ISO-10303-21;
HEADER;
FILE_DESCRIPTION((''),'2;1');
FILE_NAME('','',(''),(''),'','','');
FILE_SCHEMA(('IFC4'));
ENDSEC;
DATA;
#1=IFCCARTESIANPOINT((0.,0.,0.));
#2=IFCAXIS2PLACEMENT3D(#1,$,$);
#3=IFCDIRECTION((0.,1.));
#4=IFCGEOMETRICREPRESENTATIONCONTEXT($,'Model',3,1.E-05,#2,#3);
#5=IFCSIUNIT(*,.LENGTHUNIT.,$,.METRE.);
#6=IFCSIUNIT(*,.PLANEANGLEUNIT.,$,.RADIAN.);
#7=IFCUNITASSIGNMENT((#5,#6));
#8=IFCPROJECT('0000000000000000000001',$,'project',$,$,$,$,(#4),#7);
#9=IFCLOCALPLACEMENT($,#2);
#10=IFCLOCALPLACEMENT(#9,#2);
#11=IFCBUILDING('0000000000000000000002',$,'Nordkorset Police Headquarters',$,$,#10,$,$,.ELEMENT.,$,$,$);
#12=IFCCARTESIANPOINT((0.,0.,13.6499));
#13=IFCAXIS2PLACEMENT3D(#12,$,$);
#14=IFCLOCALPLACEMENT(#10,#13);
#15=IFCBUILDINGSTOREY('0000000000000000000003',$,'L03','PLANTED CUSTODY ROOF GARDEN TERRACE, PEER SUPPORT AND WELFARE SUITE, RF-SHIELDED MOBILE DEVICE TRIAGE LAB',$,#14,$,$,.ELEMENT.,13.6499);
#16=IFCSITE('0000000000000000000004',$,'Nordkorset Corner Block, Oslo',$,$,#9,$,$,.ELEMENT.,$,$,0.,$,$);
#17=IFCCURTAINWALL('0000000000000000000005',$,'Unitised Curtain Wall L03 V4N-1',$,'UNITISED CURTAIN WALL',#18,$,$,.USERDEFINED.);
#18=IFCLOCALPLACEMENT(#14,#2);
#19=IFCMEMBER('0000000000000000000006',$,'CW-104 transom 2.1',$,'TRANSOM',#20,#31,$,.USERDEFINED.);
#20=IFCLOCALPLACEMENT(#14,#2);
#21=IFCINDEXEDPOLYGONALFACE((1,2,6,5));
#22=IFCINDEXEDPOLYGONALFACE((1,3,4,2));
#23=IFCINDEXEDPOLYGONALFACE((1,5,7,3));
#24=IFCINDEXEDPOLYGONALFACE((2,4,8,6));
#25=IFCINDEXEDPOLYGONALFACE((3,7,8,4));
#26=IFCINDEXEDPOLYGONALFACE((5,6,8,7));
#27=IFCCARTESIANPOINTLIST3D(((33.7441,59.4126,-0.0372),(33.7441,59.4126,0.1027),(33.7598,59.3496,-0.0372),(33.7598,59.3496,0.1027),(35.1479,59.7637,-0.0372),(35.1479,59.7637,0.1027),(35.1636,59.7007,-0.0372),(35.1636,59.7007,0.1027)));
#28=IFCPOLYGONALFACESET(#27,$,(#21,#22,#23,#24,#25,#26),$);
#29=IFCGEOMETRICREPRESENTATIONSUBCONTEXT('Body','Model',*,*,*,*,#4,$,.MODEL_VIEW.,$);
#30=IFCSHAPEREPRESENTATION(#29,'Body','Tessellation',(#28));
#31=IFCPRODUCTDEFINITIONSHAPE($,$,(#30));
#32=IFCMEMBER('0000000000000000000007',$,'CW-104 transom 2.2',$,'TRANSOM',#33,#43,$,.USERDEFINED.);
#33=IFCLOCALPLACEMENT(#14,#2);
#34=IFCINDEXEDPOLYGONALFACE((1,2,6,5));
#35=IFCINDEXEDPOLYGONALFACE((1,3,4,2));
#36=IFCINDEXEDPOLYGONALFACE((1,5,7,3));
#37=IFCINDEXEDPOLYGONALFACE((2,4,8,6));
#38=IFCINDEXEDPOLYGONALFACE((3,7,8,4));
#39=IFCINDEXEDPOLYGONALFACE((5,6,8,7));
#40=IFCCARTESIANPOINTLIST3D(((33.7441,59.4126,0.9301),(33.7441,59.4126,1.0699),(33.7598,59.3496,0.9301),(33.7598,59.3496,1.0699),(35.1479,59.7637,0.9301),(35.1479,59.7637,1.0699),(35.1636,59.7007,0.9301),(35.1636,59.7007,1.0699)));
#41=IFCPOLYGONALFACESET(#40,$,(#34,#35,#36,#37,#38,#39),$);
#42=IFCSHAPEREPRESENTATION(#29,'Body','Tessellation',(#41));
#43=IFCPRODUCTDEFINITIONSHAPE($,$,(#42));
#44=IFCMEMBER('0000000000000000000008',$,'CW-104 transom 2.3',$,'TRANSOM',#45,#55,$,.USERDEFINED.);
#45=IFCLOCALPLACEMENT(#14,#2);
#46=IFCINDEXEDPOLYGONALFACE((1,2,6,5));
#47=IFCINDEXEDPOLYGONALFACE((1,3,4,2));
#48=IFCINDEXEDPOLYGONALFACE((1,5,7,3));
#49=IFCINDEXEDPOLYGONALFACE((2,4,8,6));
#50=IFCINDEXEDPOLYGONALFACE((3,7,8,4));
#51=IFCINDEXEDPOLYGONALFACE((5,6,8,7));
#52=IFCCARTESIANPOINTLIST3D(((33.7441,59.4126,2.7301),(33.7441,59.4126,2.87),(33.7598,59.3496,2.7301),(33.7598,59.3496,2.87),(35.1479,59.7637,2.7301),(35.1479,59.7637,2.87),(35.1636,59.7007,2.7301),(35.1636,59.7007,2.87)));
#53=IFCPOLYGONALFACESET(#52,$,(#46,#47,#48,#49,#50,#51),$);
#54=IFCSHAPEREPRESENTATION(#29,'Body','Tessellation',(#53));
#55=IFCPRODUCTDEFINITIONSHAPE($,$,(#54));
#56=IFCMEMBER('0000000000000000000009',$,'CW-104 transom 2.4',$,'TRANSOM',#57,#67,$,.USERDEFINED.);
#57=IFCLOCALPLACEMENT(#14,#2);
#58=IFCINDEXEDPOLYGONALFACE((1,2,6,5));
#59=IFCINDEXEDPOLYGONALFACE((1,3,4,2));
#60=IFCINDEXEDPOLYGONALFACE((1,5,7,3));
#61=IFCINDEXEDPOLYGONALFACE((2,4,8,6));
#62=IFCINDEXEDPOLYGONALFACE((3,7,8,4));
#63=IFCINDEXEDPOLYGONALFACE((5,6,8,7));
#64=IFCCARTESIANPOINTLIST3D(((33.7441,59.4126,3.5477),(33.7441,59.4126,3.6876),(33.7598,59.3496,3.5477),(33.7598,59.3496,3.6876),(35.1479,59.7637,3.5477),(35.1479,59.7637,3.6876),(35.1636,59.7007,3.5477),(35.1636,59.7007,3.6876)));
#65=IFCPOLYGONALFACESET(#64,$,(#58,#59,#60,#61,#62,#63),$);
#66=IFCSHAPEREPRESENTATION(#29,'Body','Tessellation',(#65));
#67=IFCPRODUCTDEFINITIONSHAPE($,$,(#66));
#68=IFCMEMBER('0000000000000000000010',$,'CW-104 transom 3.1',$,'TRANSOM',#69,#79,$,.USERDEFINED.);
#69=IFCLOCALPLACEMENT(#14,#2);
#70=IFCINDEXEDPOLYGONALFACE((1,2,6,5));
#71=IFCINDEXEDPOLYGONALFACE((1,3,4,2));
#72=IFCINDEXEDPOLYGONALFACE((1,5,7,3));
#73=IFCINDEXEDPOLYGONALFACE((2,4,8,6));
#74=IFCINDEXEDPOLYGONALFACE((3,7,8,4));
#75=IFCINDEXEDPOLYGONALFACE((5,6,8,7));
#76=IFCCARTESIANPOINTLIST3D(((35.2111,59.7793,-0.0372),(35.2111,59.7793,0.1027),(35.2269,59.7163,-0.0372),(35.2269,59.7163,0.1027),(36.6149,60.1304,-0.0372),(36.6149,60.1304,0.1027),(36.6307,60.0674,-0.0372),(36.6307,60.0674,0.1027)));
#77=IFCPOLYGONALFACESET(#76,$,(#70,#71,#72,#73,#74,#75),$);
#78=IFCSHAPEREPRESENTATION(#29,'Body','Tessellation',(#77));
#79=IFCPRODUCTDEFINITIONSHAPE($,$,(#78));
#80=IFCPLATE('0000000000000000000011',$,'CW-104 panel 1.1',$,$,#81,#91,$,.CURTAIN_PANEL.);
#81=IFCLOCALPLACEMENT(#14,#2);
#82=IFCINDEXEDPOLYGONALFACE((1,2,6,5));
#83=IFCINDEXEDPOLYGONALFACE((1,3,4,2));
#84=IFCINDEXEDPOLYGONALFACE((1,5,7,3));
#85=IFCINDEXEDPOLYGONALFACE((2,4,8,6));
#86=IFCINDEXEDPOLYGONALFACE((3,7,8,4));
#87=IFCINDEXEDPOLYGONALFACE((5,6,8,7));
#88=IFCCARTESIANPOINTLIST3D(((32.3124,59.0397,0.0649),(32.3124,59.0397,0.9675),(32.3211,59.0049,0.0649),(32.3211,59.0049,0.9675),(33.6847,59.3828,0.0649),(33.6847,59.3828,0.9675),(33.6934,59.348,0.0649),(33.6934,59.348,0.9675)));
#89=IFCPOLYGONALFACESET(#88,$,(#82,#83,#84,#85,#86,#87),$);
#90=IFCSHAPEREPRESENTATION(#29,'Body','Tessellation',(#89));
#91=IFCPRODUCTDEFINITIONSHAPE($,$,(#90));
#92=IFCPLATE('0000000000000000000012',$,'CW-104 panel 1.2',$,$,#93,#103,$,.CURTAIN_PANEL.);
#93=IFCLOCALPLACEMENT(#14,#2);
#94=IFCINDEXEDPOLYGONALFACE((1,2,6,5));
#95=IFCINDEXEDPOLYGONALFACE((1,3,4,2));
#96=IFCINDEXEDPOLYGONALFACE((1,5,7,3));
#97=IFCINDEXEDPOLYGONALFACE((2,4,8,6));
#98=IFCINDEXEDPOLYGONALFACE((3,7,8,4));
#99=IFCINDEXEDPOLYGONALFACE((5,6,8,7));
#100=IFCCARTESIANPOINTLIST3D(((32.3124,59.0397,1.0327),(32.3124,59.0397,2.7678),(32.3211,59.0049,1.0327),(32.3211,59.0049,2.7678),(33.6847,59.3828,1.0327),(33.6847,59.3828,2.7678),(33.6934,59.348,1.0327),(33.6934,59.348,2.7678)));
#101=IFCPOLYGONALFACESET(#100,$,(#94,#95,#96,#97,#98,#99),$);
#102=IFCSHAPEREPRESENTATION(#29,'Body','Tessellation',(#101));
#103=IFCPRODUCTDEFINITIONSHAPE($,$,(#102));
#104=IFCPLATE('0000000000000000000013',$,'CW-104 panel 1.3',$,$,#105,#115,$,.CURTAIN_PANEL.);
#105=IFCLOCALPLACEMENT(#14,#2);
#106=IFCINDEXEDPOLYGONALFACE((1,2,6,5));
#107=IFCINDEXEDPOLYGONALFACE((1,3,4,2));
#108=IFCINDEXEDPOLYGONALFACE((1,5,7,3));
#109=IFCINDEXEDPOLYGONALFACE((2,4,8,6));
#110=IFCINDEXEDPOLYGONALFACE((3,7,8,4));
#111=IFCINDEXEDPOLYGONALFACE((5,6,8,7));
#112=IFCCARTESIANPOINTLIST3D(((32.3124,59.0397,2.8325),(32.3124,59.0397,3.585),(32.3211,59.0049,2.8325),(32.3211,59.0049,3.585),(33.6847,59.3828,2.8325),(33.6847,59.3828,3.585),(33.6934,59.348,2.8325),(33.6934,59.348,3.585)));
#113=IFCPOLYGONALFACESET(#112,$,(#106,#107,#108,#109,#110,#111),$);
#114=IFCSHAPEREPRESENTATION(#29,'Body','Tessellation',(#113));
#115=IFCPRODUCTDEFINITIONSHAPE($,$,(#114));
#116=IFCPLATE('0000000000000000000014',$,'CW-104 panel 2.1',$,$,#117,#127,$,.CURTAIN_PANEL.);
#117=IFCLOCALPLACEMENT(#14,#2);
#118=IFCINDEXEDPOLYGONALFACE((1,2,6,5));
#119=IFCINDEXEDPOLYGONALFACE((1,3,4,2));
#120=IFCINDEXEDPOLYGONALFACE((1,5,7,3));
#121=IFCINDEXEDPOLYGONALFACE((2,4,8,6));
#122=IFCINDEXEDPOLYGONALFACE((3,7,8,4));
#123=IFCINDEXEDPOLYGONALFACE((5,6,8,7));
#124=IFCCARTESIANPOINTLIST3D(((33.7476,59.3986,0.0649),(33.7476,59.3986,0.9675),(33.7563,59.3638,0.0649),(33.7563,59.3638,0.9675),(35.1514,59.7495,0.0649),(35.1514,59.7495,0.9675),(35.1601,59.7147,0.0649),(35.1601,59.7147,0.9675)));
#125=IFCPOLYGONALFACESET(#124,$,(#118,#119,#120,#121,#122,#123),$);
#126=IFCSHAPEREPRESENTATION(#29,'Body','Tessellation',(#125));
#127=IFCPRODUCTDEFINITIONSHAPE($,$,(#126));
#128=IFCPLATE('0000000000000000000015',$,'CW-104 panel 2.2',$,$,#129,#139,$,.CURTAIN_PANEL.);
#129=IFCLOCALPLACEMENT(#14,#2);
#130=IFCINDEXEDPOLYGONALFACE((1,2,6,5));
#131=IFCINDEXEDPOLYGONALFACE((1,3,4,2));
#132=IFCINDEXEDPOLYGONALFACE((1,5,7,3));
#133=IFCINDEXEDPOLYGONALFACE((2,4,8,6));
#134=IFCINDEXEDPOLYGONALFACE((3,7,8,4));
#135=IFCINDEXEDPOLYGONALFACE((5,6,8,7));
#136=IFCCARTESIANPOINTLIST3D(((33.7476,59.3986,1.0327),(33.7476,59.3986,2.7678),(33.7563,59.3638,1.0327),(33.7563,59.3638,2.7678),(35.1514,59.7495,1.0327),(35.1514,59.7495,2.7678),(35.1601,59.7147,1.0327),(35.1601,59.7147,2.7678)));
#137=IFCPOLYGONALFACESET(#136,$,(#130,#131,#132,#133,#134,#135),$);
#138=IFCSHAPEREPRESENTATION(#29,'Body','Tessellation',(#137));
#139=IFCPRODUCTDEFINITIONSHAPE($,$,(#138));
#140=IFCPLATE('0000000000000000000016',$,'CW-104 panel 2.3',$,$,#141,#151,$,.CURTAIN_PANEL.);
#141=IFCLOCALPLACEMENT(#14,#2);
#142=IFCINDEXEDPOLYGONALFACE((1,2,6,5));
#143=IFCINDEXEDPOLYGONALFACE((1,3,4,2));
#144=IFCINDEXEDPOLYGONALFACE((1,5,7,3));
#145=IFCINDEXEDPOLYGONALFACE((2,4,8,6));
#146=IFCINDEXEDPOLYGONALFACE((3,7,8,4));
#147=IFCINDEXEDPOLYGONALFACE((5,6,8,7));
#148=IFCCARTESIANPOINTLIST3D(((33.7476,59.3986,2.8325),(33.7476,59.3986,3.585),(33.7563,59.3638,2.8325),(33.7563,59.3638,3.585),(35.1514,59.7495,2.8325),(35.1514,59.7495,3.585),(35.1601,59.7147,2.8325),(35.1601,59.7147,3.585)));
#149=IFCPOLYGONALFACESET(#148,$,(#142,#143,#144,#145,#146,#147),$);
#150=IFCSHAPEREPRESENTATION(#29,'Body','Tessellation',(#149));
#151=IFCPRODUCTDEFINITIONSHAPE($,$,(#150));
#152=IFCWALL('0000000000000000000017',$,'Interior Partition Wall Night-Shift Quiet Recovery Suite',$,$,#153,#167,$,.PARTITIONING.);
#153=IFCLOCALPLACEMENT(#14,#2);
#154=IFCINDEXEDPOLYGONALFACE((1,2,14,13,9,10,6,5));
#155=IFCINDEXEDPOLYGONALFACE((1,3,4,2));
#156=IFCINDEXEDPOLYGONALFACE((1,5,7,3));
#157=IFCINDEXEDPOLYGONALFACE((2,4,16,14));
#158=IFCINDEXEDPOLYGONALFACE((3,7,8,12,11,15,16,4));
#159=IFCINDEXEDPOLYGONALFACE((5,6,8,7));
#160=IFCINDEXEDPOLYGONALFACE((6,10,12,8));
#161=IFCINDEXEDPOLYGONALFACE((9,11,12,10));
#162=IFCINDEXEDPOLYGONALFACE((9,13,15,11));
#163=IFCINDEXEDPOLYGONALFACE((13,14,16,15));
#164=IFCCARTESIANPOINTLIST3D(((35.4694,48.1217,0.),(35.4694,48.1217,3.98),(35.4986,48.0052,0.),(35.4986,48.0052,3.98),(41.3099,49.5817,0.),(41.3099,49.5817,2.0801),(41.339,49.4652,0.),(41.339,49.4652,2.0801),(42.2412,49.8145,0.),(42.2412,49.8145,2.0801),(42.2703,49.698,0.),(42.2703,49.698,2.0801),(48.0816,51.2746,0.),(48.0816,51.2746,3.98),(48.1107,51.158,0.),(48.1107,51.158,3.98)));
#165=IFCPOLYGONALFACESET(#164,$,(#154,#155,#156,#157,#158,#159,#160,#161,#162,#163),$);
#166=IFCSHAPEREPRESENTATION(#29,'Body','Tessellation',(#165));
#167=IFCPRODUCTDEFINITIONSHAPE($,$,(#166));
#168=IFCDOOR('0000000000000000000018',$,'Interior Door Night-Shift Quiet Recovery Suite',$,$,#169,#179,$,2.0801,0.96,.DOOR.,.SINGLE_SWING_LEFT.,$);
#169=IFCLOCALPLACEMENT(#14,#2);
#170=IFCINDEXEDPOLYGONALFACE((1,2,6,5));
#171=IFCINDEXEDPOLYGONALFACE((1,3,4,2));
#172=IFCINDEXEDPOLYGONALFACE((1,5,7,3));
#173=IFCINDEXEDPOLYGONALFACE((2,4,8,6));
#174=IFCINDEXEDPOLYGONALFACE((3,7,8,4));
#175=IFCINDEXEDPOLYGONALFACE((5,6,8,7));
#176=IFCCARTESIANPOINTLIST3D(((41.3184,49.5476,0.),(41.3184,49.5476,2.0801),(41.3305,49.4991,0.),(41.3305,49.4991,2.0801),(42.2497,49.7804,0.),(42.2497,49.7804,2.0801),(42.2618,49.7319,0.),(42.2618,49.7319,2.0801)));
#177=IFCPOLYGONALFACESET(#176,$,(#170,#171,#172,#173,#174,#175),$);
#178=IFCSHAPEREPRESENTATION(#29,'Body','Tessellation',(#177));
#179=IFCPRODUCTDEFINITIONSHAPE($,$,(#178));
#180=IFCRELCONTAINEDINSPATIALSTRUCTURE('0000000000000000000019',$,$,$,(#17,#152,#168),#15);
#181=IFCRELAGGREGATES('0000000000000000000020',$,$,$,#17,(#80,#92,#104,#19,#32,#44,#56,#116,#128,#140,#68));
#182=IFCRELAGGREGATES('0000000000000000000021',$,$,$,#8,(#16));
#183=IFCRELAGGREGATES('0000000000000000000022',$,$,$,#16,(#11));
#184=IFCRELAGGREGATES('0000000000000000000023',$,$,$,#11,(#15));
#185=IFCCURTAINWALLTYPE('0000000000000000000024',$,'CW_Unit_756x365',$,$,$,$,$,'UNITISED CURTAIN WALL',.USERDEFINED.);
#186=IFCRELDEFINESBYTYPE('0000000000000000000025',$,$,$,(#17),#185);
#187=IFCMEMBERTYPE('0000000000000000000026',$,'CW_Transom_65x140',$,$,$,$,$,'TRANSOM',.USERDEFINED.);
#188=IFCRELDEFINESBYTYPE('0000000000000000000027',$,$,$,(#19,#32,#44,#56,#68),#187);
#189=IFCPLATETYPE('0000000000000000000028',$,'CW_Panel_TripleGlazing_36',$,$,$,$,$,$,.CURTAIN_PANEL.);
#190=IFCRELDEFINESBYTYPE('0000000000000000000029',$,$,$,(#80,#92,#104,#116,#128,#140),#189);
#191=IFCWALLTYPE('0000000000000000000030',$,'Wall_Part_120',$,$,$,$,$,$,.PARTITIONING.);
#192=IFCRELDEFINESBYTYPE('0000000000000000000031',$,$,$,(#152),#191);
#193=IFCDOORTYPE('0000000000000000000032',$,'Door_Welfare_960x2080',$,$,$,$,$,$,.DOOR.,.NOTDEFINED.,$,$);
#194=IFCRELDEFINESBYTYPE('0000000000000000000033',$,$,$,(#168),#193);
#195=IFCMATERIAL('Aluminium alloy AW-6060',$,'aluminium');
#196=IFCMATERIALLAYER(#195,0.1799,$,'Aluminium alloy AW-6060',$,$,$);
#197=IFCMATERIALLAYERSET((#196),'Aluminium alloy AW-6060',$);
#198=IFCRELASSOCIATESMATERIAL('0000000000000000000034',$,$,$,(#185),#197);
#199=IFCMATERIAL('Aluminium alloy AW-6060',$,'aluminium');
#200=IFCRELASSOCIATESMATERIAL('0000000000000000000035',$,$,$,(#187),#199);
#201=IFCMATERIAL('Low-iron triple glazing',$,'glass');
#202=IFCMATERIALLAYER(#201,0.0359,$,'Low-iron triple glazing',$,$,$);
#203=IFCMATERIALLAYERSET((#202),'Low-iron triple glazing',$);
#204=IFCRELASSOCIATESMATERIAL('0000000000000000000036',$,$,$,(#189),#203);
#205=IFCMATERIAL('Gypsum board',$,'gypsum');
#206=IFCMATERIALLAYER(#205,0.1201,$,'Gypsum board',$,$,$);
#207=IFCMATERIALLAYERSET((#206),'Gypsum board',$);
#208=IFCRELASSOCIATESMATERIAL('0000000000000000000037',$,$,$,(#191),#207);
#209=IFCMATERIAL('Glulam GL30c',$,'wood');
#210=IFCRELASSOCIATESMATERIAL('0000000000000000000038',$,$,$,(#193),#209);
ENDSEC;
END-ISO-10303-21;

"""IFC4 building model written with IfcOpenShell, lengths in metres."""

from ifc_helpers import new_model, si_unit, direction, frame, frame_2d, origin, origin_2d, place, context, subcontext, project, spatial, rectangle, extrude, material, layer, layer_set, material_profile, profile_set, type_object, element, fill, aggregate, save


model = new_model("IFC4")

# Units and contexts
model_context = context("Model", 3, precision=1e-05, world=origin(), true_north=direction((0.0, 1.0)))
body_context = subcontext(model_context, "Body", "Model", "MODEL_VIEW")
ifc_project = project(units=[si_unit("LENGTHUNIT", "METRE"), si_unit("PLANEANGLEUNIT", "RADIAN")], contexts=[model_context])

# Site, building, storey
site_placement = place(None, origin())
site = spatial("IfcSite", under=ifc_project, at=site_placement, Name="Nordkorset Corner Block, Oslo", CompositionType="ELEMENT", RefElevation=0.0)
building_placement = place(site_placement, origin())
building = spatial("IfcBuilding", under=site, at=building_placement, Name="Nordkorset Police Headquarters", CompositionType="ELEMENT")
storey_placement = place(building_placement, frame((0.0, 0.0, 13.6499)))
storey = spatial("IfcBuildingStorey", under=building, at=storey_placement, Name="L03", Description="PLANTED CUSTODY ROOF GARDEN TERRACE, PEER SUPPORT AND WELFARE SUITE, RF-SHIELDED MOBILE DEVICE TRIAGE LAB", CompositionType="ELEMENT", Elevation=13.6499)

# Curtain wall, members, plates
ifc_material_1 = material(Name="Aluminium alloy AW-6060", Category="aluminium")
ifc_layer_1 = layer(ifc_material_1, 0.1799, Name="Aluminium alloy AW-6060")
ifc_layer_set_1 = layer_set([ifc_layer_1], Name="Aluminium alloy AW-6060")
curtain_wall_type = type_object("IfcCurtainWallType", Name="CW_Unit_756x365", ElementType="UNITISED CURTAIN WALL", PredefinedType="USERDEFINED", material=ifc_layer_set_1)
curtain_wall_placement = place(storey_placement, origin())
curtain_wall = element("IfcCurtainWall", 1, at=curtain_wall_placement, inside=storey, type_object=curtain_wall_type, Name="Unitised Curtain Wall L03 V4N-1", ObjectType="UNITISED CURTAIN WALL", PredefinedType="USERDEFINED")
ifc_material_2 = material(Name="Aluminium alloy AW-6060", Category="aluminium")
ifc_material_profile_1 = material_profile(ifc_material_2, rectangle(XDim=0.0649, YDim=0.1399, at=origin_2d()), Name="ALU TRAN 65x140")
ifc_profile_set_1 = profile_set([ifc_material_profile_1], Name="Aluminium alloy AW-6060")
member_type_1 = type_object("IfcMemberType", Name="CW_Transom_65x140", ElementType="TRANSOM", PredefinedType="USERDEFINED", material=ifc_profile_set_1)
member_1_placement = place(storey_placement, frame((33.752, 59.3811, 0.0327), z_axis=(0.970123, 0.242615, 0.0), x_axis=(-0.242615, 0.970123, 0.0)))
member_1 = element("IfcMember", 2, at=member_1_placement, type_object=member_type_1, Name="CW-104 transom 2.1", ObjectType="TRANSOM", PredefinedType="USERDEFINED", context=body_context, shape_type="SweptSolid", body=[
    extrude(rectangle(XDim=0.0649, YDim=0.1399, at=origin_2d()), origin(), (0.0, 0.0, 1.0), 1.447),
])
member_2_placement = place(storey_placement, frame((33.752, 59.3811, 1.0), z_axis=(0.970123, 0.242615, 0.0), x_axis=(-0.242615, 0.970123, 0.0)))
member_2 = element("IfcMember", 3, at=member_2_placement, type_object=member_type_1, Name="CW-104 transom 2.2", ObjectType="TRANSOM", PredefinedType="USERDEFINED", context=body_context, shape_type="SweptSolid", body=[
    extrude(rectangle(XDim=0.0649, YDim=0.1399, at=origin_2d()), origin(), (0.0, 0.0, 1.0), 1.447),
])
member_3_placement = place(storey_placement, frame((33.752, 59.3811, 2.8), z_axis=(0.970123, 0.242615, 0.0), x_axis=(-0.242615, 0.970123, 0.0)))
member_3 = element("IfcMember", 4, at=member_3_placement, type_object=member_type_1, Name="CW-104 transom 2.3", ObjectType="TRANSOM", PredefinedType="USERDEFINED", context=body_context, shape_type="SweptSolid", body=[
    extrude(rectangle(XDim=0.0649, YDim=0.1399, at=origin_2d()), origin(), (0.0, 0.0, 1.0), 1.447),
])
member_4_placement = place(storey_placement, frame((33.752, 59.3811, 3.6177), z_axis=(0.970123, 0.242615, 0.0), x_axis=(-0.242615, 0.970123, 0.0)))
member_4 = element("IfcMember", 5, at=member_4_placement, type_object=member_type_1, Name="CW-104 transom 2.4", ObjectType="TRANSOM", PredefinedType="USERDEFINED", context=body_context, shape_type="SweptSolid", body=[
    extrude(rectangle(XDim=0.0649, YDim=0.1399, at=origin_2d()), origin(), (0.0, 0.0, 1.0), 1.447),
])
member_5_placement = place(storey_placement, frame((35.219, 59.7478, 0.0327), z_axis=(0.970123, 0.242615, 0.0), x_axis=(-0.242615, 0.970123, 0.0)))
member_5 = element("IfcMember", 6, at=member_5_placement, type_object=member_type_1, Name="CW-104 transom 3.1", ObjectType="TRANSOM", PredefinedType="USERDEFINED", context=body_context, shape_type="SweptSolid", body=[
    extrude(rectangle(XDim=0.0649, YDim=0.1399, at=origin_2d()), origin(), (0.0, 0.0, 1.0), 1.447),
])
ifc_material_3 = material(Name="Low-iron triple glazing", Category="glass")
ifc_layer_2 = layer(ifc_material_3, 0.0359, Name="Low-iron triple glazing")
ifc_layer_set_2 = layer_set([ifc_layer_2], Name="Low-iron triple glazing")
plate_type = type_object("IfcPlateType", Name="CW_Panel_TripleGlazing_36", PredefinedType="CURTAIN_PANEL", material=ifc_layer_set_2)
plate_1_placement = place(storey_placement, frame((33.0029, 59.1938, 0.0649), z_axis=(0.0, 0.0, 1.0), x_axis=(0.970143, 0.242536, 0.0)))
plate_1 = element("IfcPlate", 7, at=plate_1_placement, type_object=plate_type, Name="CW-104 panel 1.1", PredefinedType="CURTAIN_PANEL", context=body_context, shape_type="SweptSolid", body=[
    extrude(rectangle(XDim=1.4146, YDim=0.0359, at=origin_2d()), origin(), (0.0, 0.0, 1.0), 0.9026),
])
plate_2_placement = place(storey_placement, frame((33.0029, 59.1938, 1.0327), z_axis=(0.0, 0.0, 1.0), x_axis=(0.970143, 0.242536, 0.0)))
plate_2 = element("IfcPlate", 8, at=plate_2_placement, type_object=plate_type, Name="CW-104 panel 1.2", PredefinedType="CURTAIN_PANEL", context=body_context, shape_type="SweptSolid", body=[
    extrude(rectangle(XDim=1.4146, YDim=0.0359, at=origin_2d()), origin(), (0.0, 0.0, 1.0), 1.7351),
])
plate_3_placement = place(storey_placement, frame((33.0029, 59.1938, 2.8325), z_axis=(0.0, 0.0, 1.0), x_axis=(0.970143, 0.242536, 0.0)))
plate_3 = element("IfcPlate", 9, at=plate_3_placement, type_object=plate_type, Name="CW-104 panel 1.3", PredefinedType="CURTAIN_PANEL", context=body_context, shape_type="SweptSolid", body=[
    extrude(rectangle(XDim=1.4146, YDim=0.0359, at=origin_2d()), origin(), (0.0, 0.0, 1.0), 0.7524),
])
plate_4_placement = place(storey_placement, frame((34.4539, 59.5566, 0.0649), z_axis=(0.0, 0.0, 1.0), x_axis=(0.970143, 0.242536, 0.0)))
plate_4 = element("IfcPlate", 10, at=plate_4_placement, type_object=plate_type, Name="CW-104 panel 2.1", PredefinedType="CURTAIN_PANEL", context=body_context, shape_type="SweptSolid", body=[
    extrude(rectangle(XDim=1.447, YDim=0.0359, at=origin_2d()), origin(), (0.0, 0.0, 1.0), 0.9026),
])
plate_5_placement = place(storey_placement, frame((34.4539, 59.5566, 1.0327), z_axis=(0.0, 0.0, 1.0), x_axis=(0.970143, 0.242536, 0.0)))
plate_5 = element("IfcPlate", 11, at=plate_5_placement, type_object=plate_type, Name="CW-104 panel 2.2", PredefinedType="CURTAIN_PANEL", context=body_context, shape_type="SweptSolid", body=[
    extrude(rectangle(XDim=1.447, YDim=0.0359, at=origin_2d()), origin(), (0.0, 0.0, 1.0), 1.7351),
])
plate_6_placement = place(storey_placement, frame((34.4539, 59.5566, 2.8325), z_axis=(0.0, 0.0, 1.0), x_axis=(0.970143, 0.242536, 0.0)))
plate_6 = element("IfcPlate", 12, at=plate_6_placement, type_object=plate_type, Name="CW-104 panel 2.3", PredefinedType="CURTAIN_PANEL", context=body_context, shape_type="SweptSolid", body=[
    extrude(rectangle(XDim=1.447, YDim=0.0359, at=origin_2d()), origin(), (0.0, 0.0, 1.0), 0.7524),
])
aggregate(curtain_wall, [plate_1, plate_2, plate_3, member_1, member_2, member_3, member_4, plate_4, plate_5, plate_6, member_5])

# Wall, opening, door
ifc_material_4 = material(Name="Gypsum board", Category="gypsum")
ifc_layer_3 = layer(ifc_material_4, 0.1201, Name="Gypsum board")
ifc_layer_set_3 = layer_set([ifc_layer_3], Name="Gypsum board")
wall_type = type_object("IfcWallType", Name="Wall_Part_120", PredefinedType="PARTITIONING", material=ifc_layer_set_3)
wall_1_placement = place(storey_placement, frame((35.4841, 48.0635, 0.0), z_axis=(0.0, 0.0, 1.0), x_axis=(0.970146, 0.242522, 0.0)))
wall_1 = element("IfcWall", 13, at=wall_1_placement, inside=storey, type_object=wall_type, Name="Interior Partition Wall Night-Shift Quiet Recovery Suite", PredefinedType="PARTITIONING", context=body_context, shape_type="SweptSolid", body=[
    extrude(rectangle(XDim=13.0002, YDim=0.1201, at=frame_2d((6.5, 0.0))), origin(), (0.0, 0.0, 1.0), 3.98),
])
opening_placement = place(wall_1_placement, frame((6.02, 0.0, 0.0)))
opening = element("IfcOpeningElement", 14, at=opening_placement, cuts=wall_1, PredefinedType="OPENING", context=body_context, shape_type="SweptSolid", body=[
    extrude(rectangle(XDim=0.96, YDim=2.0801, at=frame_2d((0.48, 1.04))), frame((0.0, 0.0701, 0.0), z_axis=(0.0, -1.0, 0.0), x_axis=(1.0, 0.0, 0.0)), (0.0, 0.0, 1.0), 0.1401),
])
ifc_material_5 = material(Name="Glulam GL30c", Category="wood")
door_type = type_object("IfcDoorType", Name="Door_Welfare_960x2080", OperationType="NOTDEFINED", PredefinedType="DOOR", material=ifc_material_5)
door_placement = place(opening_placement, origin())
door = element("IfcDoor", 15, at=door_placement, inside=storey, type_object=door_type, Name="Interior Door Night-Shift Quiet Recovery Suite", OperationType="SINGLE_SWING_LEFT", OverallHeight=2.0801, OverallWidth=0.96, PredefinedType="DOOR", context=body_context, shape_type="SweptSolid", body=[
    extrude(rectangle(XDim=0.96, YDim=2.0801, at=frame_2d((0.48, 1.04))), frame((0.0, 0.0249, 0.0), z_axis=(0.0, -1.0, 0.0), x_axis=(1.0, 0.0, 0.0)), (0.0, 0.0, 1.0), 0.05),
])
fill(opening, door)

save(model, "model.ifc")
